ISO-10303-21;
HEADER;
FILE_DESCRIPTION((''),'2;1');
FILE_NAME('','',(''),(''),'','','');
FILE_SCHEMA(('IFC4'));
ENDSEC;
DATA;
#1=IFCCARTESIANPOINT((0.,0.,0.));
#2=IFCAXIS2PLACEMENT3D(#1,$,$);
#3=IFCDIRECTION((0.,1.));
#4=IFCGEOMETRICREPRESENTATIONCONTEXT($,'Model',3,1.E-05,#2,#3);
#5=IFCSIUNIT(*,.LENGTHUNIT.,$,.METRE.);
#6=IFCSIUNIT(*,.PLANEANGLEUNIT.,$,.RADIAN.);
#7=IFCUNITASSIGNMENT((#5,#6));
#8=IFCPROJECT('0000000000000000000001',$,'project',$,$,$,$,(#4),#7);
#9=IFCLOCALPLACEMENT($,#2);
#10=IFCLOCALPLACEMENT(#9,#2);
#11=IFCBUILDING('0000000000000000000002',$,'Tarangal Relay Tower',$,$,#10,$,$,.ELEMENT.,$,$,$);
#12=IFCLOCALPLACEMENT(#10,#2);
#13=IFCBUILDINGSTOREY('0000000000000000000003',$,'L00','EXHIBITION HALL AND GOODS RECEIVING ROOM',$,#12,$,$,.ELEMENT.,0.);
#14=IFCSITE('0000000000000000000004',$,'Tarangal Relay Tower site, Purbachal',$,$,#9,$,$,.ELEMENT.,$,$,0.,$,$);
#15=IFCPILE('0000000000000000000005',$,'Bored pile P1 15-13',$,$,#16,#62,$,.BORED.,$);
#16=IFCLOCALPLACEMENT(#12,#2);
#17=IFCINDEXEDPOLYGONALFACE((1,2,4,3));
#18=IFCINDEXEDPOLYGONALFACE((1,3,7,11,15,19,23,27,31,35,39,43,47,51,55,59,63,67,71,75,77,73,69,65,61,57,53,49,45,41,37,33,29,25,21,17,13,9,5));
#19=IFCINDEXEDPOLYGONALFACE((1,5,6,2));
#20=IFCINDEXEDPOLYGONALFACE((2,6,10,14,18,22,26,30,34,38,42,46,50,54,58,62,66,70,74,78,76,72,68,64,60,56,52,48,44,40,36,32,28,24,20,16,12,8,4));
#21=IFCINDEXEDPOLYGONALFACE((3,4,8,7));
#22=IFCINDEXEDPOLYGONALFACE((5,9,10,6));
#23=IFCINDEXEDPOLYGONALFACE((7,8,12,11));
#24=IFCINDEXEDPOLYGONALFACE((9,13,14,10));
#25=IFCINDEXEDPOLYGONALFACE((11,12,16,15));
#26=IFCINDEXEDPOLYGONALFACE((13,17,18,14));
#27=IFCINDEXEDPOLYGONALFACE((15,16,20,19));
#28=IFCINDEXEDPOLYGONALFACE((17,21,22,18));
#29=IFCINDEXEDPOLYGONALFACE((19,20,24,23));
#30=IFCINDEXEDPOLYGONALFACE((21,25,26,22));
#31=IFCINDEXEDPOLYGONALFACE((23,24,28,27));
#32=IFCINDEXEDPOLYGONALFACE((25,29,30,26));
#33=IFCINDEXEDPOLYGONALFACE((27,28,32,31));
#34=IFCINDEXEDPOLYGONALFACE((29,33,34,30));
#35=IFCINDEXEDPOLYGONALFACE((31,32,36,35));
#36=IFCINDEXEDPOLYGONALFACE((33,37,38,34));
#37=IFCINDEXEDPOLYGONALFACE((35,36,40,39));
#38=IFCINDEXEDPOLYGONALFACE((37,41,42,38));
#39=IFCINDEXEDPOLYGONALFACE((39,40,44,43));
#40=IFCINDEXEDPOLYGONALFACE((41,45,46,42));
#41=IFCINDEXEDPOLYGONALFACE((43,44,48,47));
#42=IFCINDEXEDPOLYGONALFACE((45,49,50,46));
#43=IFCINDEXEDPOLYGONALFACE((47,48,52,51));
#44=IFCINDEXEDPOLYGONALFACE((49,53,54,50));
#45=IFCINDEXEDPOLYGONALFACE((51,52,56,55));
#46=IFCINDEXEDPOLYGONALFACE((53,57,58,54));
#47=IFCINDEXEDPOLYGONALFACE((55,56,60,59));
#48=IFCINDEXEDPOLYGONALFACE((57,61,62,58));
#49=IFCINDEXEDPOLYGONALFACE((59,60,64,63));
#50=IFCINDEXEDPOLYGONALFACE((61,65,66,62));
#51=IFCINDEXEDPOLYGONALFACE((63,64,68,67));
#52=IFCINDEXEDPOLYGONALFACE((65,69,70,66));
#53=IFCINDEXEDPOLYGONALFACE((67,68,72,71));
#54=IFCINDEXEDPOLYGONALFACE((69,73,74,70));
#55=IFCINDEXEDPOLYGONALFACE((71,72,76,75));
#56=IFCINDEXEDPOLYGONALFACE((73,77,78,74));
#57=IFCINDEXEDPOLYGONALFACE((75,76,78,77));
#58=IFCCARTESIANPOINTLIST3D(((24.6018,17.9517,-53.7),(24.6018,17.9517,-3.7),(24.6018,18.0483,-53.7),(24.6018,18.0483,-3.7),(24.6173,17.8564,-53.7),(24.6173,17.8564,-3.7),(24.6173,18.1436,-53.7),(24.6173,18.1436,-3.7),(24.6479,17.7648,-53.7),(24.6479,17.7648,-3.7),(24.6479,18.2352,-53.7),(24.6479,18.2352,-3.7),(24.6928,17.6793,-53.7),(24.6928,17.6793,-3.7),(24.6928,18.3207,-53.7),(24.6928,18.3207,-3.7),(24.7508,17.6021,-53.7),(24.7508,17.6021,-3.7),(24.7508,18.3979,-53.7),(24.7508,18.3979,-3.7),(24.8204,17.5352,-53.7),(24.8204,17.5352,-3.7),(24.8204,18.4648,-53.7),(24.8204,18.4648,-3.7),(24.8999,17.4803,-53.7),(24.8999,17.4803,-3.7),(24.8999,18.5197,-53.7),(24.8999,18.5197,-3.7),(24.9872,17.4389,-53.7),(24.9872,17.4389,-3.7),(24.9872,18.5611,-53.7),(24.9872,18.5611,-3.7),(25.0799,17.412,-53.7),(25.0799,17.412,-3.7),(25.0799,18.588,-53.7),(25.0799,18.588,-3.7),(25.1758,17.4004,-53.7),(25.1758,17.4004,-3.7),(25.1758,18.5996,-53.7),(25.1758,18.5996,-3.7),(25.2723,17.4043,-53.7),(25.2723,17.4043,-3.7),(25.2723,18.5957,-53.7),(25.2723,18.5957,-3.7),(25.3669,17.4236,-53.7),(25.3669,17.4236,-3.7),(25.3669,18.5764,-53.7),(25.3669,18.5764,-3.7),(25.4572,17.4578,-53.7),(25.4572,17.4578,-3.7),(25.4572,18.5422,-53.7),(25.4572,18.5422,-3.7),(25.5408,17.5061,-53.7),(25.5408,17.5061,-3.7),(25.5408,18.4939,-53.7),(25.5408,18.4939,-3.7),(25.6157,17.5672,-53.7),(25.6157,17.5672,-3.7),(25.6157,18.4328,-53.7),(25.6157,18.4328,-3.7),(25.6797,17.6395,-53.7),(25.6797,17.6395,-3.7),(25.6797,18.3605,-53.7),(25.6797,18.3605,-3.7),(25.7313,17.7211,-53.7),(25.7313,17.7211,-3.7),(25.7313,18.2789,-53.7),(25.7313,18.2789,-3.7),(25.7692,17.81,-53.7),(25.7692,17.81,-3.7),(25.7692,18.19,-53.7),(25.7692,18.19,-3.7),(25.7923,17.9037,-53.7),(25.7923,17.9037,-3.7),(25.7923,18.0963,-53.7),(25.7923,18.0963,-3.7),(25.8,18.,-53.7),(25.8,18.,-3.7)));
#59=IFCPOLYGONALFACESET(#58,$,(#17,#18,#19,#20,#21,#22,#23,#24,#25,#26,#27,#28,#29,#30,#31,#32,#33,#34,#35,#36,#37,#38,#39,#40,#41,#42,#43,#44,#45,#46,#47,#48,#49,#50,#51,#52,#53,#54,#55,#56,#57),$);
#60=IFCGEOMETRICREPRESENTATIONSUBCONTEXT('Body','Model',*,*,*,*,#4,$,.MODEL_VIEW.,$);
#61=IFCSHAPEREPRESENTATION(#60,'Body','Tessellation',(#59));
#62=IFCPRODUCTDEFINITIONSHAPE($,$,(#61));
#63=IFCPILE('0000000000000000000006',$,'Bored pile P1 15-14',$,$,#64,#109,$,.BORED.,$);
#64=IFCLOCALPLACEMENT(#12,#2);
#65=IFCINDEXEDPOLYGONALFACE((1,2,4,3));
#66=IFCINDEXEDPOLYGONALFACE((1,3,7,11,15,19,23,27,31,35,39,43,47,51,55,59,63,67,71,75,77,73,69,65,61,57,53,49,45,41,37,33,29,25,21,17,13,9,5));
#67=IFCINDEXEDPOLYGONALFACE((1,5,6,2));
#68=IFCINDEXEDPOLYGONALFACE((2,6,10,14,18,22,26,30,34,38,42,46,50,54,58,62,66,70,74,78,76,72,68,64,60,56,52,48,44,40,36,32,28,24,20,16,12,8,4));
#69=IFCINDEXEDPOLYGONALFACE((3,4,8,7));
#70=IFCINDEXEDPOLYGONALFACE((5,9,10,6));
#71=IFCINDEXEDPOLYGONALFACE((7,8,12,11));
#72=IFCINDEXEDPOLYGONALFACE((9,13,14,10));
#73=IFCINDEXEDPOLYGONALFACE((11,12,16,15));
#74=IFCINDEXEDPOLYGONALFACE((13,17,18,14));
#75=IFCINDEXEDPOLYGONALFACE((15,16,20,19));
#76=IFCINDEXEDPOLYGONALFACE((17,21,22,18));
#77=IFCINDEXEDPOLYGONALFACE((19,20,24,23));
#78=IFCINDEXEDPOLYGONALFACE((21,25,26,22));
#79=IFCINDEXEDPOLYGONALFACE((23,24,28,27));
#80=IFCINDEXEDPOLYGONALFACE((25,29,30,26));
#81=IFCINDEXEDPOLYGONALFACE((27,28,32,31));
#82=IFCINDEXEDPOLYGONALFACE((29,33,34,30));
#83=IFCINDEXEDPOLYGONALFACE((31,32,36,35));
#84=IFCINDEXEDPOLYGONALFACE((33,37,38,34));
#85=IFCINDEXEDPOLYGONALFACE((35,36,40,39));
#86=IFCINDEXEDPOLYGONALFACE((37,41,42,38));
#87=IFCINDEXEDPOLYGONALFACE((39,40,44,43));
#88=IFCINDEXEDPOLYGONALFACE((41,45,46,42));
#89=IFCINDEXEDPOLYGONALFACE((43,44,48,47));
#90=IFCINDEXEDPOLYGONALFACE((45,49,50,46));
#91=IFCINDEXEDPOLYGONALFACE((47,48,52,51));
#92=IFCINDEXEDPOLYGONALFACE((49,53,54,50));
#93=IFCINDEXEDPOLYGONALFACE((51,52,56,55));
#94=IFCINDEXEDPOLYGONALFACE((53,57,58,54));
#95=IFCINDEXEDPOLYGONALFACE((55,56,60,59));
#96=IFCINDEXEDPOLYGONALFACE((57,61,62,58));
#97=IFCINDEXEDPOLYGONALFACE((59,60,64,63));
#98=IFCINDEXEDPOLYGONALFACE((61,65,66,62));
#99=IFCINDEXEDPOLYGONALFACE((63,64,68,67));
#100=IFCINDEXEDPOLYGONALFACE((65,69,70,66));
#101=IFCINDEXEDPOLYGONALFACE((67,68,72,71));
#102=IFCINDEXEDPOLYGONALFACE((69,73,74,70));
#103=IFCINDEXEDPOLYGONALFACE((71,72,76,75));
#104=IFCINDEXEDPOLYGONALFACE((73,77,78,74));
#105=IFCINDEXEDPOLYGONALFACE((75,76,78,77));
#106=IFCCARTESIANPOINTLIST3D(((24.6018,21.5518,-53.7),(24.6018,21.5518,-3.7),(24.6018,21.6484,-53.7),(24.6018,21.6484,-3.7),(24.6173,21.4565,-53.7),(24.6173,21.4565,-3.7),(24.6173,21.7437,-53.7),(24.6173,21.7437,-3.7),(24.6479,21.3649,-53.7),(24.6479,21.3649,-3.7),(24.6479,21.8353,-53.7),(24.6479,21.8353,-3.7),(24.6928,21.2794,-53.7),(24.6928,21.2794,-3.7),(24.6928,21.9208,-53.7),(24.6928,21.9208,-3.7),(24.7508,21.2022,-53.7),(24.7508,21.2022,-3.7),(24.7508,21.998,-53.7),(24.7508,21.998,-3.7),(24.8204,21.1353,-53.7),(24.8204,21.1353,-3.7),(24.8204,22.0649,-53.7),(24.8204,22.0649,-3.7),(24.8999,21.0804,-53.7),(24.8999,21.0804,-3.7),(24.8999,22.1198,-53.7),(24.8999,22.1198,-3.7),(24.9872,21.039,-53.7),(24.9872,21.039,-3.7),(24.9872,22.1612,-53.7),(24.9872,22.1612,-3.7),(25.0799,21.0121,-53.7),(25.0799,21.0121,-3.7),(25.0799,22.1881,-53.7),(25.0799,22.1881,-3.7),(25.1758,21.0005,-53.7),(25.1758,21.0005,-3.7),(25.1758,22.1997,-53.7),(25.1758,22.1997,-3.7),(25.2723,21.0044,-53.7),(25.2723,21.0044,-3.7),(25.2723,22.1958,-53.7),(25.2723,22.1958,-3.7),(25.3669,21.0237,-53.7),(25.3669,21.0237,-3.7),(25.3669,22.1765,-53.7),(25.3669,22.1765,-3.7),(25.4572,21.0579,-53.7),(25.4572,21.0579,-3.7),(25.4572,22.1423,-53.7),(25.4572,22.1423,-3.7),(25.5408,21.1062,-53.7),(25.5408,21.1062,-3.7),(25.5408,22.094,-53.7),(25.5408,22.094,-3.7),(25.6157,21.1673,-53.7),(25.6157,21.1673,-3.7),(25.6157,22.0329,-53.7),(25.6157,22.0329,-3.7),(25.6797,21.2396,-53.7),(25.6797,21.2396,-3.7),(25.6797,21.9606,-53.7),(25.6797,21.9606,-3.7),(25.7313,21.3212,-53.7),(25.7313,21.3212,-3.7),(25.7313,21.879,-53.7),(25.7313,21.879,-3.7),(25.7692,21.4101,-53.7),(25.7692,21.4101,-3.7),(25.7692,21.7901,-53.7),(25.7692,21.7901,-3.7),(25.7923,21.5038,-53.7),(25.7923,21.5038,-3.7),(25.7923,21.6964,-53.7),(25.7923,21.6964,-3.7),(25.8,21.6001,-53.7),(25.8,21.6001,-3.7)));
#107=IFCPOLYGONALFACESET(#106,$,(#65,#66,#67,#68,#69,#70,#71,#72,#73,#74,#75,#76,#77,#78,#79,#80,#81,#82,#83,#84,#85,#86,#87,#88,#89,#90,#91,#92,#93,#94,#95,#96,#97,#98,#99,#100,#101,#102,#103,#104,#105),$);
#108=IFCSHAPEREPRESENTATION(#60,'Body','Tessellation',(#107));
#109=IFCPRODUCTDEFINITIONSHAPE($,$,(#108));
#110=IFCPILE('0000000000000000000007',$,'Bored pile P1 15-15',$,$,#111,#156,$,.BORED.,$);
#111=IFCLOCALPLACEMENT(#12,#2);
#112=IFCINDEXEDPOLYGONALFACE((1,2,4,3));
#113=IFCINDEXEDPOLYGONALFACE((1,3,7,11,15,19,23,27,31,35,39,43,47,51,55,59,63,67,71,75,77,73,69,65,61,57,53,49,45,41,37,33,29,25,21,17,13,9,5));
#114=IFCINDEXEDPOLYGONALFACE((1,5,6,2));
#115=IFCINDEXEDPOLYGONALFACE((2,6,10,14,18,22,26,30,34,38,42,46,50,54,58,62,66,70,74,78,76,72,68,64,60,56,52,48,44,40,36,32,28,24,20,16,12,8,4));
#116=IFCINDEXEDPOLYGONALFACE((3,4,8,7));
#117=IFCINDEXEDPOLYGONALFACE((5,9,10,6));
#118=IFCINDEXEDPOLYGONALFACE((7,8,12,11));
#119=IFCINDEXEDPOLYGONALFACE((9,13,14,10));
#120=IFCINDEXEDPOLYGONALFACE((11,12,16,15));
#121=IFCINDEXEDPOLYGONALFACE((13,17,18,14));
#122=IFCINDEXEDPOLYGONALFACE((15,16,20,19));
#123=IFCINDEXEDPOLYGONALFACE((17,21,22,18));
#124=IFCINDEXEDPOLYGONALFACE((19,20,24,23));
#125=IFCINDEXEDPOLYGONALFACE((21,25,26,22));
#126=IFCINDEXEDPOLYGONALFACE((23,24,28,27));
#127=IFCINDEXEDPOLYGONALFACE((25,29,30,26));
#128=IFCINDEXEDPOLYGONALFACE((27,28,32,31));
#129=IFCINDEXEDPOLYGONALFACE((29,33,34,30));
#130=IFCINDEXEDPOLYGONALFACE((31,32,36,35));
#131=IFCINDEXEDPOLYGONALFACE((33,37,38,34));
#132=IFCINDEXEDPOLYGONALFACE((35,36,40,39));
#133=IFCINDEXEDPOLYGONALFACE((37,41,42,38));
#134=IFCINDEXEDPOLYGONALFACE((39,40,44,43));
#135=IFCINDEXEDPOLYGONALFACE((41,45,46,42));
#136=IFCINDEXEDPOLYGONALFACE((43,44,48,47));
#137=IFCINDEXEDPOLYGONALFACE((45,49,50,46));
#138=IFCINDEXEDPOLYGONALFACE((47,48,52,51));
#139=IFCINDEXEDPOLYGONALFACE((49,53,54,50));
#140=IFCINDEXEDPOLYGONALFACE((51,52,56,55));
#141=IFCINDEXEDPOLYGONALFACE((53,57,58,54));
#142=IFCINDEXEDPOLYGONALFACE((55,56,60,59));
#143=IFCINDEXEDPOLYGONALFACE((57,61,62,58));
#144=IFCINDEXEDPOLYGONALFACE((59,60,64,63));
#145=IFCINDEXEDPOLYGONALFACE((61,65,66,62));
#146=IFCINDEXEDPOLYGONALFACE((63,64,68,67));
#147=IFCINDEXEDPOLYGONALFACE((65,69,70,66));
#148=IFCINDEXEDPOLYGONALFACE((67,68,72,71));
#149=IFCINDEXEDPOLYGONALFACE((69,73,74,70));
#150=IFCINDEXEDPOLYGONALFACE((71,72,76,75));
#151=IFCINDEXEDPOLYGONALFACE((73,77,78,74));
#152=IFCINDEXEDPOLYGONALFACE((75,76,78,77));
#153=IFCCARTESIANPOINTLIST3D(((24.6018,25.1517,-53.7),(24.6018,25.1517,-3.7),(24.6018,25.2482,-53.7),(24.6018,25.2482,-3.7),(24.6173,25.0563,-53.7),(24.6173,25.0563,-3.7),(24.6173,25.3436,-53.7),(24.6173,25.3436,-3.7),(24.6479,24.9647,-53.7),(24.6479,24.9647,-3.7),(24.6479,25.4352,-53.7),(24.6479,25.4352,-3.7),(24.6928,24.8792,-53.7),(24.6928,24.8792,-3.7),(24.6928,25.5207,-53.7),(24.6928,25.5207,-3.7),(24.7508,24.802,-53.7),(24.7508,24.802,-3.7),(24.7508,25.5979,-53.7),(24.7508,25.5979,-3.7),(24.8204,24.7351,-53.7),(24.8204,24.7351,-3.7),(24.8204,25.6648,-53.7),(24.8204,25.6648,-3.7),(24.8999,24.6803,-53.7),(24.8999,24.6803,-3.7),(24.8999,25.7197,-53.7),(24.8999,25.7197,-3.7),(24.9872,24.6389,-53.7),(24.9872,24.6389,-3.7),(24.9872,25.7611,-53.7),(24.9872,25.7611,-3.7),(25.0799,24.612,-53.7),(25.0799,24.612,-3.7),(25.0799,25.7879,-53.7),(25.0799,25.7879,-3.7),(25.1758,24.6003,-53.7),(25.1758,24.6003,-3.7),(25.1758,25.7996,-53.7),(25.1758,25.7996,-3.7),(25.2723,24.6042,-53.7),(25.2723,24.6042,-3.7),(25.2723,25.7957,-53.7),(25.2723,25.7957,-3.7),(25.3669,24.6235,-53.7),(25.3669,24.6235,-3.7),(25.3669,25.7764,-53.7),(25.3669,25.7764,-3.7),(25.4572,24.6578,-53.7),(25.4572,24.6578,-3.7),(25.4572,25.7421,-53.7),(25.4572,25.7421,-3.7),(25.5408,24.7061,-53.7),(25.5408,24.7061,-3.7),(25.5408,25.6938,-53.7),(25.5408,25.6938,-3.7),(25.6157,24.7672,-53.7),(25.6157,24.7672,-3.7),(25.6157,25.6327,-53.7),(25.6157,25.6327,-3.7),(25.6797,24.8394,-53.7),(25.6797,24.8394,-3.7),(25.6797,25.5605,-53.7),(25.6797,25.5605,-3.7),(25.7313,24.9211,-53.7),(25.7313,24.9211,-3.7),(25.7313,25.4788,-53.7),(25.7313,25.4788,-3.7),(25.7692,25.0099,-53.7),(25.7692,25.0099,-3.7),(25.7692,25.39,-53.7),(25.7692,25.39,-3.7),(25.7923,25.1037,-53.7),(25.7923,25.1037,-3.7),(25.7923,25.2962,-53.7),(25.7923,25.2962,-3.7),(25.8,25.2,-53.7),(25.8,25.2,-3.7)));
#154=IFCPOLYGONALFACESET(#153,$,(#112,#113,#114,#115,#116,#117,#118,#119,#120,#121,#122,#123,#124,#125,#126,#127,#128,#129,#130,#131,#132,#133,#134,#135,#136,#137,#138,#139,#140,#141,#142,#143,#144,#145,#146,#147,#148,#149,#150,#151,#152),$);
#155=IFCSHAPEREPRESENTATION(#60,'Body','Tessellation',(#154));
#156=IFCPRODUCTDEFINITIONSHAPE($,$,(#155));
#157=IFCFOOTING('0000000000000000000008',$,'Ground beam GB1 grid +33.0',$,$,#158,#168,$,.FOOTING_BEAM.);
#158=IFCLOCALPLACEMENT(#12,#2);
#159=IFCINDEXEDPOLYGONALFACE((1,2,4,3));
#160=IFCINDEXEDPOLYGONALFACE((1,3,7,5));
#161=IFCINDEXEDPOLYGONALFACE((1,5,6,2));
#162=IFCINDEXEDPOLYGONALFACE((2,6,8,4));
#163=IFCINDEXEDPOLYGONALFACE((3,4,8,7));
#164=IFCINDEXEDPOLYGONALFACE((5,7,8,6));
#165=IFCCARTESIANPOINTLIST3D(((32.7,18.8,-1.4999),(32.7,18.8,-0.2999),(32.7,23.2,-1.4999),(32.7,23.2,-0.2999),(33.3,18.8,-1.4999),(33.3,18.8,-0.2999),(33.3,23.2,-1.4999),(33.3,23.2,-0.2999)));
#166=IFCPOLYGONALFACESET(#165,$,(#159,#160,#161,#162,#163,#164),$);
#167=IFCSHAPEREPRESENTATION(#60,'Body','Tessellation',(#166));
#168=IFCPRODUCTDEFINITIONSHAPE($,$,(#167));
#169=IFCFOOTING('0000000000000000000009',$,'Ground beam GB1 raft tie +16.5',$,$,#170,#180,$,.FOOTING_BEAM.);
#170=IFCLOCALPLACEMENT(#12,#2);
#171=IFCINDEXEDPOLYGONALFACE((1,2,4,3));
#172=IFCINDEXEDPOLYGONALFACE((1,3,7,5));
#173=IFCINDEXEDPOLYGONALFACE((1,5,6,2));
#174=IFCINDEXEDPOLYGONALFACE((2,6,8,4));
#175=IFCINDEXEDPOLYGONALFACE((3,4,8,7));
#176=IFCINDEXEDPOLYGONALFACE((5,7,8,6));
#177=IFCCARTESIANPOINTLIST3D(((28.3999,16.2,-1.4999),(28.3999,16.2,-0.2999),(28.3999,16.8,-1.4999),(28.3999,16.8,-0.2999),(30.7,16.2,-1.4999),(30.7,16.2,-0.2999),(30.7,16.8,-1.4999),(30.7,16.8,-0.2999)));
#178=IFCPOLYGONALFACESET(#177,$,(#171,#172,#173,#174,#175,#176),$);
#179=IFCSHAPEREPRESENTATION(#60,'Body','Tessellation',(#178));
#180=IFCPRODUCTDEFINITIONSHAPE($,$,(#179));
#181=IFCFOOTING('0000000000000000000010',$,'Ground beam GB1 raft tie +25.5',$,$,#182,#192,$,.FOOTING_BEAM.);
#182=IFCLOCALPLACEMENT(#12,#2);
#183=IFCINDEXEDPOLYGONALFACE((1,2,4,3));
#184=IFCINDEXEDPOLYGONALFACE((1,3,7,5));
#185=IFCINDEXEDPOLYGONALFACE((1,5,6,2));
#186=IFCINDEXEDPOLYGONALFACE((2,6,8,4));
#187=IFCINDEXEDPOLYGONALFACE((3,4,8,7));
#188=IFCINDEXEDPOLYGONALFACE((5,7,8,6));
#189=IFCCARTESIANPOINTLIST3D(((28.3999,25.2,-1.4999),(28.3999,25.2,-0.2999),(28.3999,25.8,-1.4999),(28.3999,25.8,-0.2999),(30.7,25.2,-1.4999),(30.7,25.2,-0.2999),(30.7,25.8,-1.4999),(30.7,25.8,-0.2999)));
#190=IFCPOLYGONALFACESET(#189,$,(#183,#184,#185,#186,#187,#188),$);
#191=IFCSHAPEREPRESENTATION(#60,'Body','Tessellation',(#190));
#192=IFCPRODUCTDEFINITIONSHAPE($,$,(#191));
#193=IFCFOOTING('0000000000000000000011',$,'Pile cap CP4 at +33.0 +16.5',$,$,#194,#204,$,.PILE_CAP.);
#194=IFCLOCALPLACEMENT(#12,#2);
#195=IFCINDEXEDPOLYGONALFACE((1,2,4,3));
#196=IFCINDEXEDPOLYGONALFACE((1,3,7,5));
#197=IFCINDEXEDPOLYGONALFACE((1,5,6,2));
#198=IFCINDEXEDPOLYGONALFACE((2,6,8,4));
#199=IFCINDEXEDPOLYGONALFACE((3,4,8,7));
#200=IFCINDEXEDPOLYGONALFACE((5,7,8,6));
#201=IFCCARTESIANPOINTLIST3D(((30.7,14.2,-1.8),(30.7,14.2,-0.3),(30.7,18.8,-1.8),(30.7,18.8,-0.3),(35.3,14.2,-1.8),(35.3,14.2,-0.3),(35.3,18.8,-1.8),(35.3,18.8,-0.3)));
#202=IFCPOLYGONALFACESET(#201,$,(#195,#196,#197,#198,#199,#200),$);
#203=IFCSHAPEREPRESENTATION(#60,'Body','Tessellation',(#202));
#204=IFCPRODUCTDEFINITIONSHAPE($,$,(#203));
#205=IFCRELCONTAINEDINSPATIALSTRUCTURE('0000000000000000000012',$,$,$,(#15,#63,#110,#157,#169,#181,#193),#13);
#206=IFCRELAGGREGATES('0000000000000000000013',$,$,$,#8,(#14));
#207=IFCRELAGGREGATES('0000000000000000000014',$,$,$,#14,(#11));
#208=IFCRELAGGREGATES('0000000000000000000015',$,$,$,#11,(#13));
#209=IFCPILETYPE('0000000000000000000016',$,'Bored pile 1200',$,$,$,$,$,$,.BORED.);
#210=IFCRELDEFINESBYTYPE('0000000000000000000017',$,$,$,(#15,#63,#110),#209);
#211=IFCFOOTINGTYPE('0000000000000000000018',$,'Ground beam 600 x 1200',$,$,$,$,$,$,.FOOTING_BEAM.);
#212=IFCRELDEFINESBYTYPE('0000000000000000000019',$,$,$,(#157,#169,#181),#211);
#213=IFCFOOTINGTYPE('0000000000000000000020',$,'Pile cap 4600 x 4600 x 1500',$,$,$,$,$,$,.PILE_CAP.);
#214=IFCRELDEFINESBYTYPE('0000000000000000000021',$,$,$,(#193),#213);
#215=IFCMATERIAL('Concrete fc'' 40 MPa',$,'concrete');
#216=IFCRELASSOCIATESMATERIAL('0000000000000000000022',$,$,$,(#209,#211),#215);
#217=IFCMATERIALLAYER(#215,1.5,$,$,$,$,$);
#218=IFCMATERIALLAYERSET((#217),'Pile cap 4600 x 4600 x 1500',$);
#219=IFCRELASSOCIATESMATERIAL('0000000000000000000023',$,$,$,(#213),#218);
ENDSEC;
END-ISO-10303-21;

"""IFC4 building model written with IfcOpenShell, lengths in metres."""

from ifc_helpers import new_model, si_unit, direction, frame, origin, origin_2d, place, context, subcontext, project, spatial, rectangle, circle, extrude, material, layer, layer_set, material_profile, profile_set, type_object, element, save


model = new_model("IFC4")

# Units and contexts
model_context = context("Model", 3, precision=1e-05, world=origin(), true_north=direction((0.0, 1.0)))
body_context = subcontext(model_context, "Body", "Model", "MODEL_VIEW")
ifc_project = project(units=[si_unit("LENGTHUNIT", "METRE"), si_unit("PLANEANGLEUNIT", "RADIAN")], contexts=[model_context])

# Site, building, storey
site_placement = place(None, origin())
site = spatial("IfcSite", under=ifc_project, at=site_placement, Name="Tarangal Relay Tower site, Purbachal", CompositionType="ELEMENT", RefElevation=0.0)
building_placement = place(site_placement, origin())
building = spatial("IfcBuilding", under=site, at=building_placement, Name="Tarangal Relay Tower", CompositionType="ELEMENT")
storey_placement = place(building_placement, origin())
storey = spatial("IfcBuildingStorey", under=building, at=storey_placement, Name="L00", Description="EXHIBITION HALL AND GOODS RECEIVING ROOM", CompositionType="ELEMENT", Elevation=0.0)

# Piles
ifc_material_1 = material(Name="Concrete fc' 40 MPa", Category="concrete")
ifc_material_profile_1 = material_profile(ifc_material_1, circle(Radius=0.6001, at=origin_2d()), Name="D1200")
ifc_profile_set_1 = profile_set([ifc_material_profile_1], Name="Concrete fc' 40 MPa")
pile_type_1 = type_object("IfcPileType", Name="Bored pile 1200", PredefinedType="BORED", material=ifc_profile_set_1)
for number, where, z_axis, x_axis, name in (
    (1, (25.2, 18.0, -3.7), (0.0, 0.0, -1.0), (1.0, 0.0, 0.0), "Bored pile P1 15-13"),
    (2, (25.2, 21.6001, -3.7), (0.0, 0.0, -1.0), (1.0, 0.0, 0.0), "Bored pile P1 15-14"),
    (3, (25.2, 25.2, -3.7), (0.0, 0.0, -1.0), (1.0, 0.0, 0.0), "Bored pile P1 15-15"),
):
    element("IfcPile", number, at=place(storey_placement, frame(where, z_axis=z_axis, x_axis=x_axis)), inside=storey, type_object=pile_type_1, Name=name, PredefinedType="BORED", context=body_context, shape_type="SweptSolid", body=[
        extrude(circle(Radius=0.6001, at=origin_2d()), origin(), (0.0, 0.0, 1.0), 50.0),
    ])

# Footings
ifc_material_profile_2 = material_profile(ifc_material_1, rectangle(XDim=0.6001, YDim=1.2, at=origin_2d()), Name="GB 600X1200")
ifc_profile_set_2 = profile_set([ifc_material_profile_2], Name="Concrete fc' 40 MPa")
footing_type_1 = type_object("IfcFootingType", Name="Ground beam 600 x 1200", PredefinedType="FOOTING_BEAM", material=ifc_profile_set_2)
footing_placement = place(storey_placement, frame((33.0, 18.8, -0.8999), z_axis=(0.0, 1.0, 0.0), x_axis=(-1.0, 0.0, 0.0)))
element("IfcFooting", 4, at=footing_placement, inside=storey, type_object=footing_type_1, Name="Ground beam GB1 grid +33.0", PredefinedType="FOOTING_BEAM", context=body_context, shape_type="SweptSolid", body=[
    extrude(rectangle(XDim=0.6001, YDim=1.2, at=origin_2d()), origin(), (0.0, 0.0, 1.0), 4.3999),
])
for number, where, z_axis, x_axis, name in (
    (5, (28.3999, 16.5, -0.8999), (1.0, 0.0, 0.0), (0.0, 1.0, 0.0), "Ground beam GB1 raft tie +16.5"),
    (6, (28.3999, 25.5, -0.8999), (1.0, 0.0, 0.0), (0.0, 1.0, 0.0), "Ground beam GB1 raft tie +25.5"),
):
    element("IfcFooting", number, at=place(storey_placement, frame(where, z_axis=z_axis, x_axis=x_axis)), inside=storey, type_object=footing_type_1, Name=name, PredefinedType="FOOTING_BEAM", context=body_context, shape_type="SweptSolid", body=[
        extrude(rectangle(XDim=0.6001, YDim=1.2, at=origin_2d()), origin(), (0.0, 0.0, 1.0), 2.3),
    ])
ifc_layer_1 = layer(ifc_material_1, 1.5)
ifc_layer_set_1 = layer_set([ifc_layer_1], Name="Pile cap 4600 x 4600 x 1500")
footing_type_2 = type_object("IfcFootingType", Name="Pile cap 4600 x 4600 x 1500", PredefinedType="PILE_CAP", material=ifc_layer_set_1)
for number, where, z_axis, x_axis, name in (
    (7, (33.0, 16.5, -1.8), (0.0, 0.0, 1.0), (1.0, 0.0, 0.0), "Pile cap CP4 at +33.0 +16.5"),
):
    element("IfcFooting", number, at=place(storey_placement, frame(where, z_axis=z_axis, x_axis=x_axis)), inside=storey, type_object=footing_type_2, Name=name, PredefinedType="PILE_CAP", context=body_context, shape_type="SweptSolid", body=[
        extrude(rectangle(XDim=4.6001, YDim=4.6001, at=origin_2d()), origin(), (0.0, 0.0, 1.0), 1.5),
    ])

save(model, "model.ifc")
